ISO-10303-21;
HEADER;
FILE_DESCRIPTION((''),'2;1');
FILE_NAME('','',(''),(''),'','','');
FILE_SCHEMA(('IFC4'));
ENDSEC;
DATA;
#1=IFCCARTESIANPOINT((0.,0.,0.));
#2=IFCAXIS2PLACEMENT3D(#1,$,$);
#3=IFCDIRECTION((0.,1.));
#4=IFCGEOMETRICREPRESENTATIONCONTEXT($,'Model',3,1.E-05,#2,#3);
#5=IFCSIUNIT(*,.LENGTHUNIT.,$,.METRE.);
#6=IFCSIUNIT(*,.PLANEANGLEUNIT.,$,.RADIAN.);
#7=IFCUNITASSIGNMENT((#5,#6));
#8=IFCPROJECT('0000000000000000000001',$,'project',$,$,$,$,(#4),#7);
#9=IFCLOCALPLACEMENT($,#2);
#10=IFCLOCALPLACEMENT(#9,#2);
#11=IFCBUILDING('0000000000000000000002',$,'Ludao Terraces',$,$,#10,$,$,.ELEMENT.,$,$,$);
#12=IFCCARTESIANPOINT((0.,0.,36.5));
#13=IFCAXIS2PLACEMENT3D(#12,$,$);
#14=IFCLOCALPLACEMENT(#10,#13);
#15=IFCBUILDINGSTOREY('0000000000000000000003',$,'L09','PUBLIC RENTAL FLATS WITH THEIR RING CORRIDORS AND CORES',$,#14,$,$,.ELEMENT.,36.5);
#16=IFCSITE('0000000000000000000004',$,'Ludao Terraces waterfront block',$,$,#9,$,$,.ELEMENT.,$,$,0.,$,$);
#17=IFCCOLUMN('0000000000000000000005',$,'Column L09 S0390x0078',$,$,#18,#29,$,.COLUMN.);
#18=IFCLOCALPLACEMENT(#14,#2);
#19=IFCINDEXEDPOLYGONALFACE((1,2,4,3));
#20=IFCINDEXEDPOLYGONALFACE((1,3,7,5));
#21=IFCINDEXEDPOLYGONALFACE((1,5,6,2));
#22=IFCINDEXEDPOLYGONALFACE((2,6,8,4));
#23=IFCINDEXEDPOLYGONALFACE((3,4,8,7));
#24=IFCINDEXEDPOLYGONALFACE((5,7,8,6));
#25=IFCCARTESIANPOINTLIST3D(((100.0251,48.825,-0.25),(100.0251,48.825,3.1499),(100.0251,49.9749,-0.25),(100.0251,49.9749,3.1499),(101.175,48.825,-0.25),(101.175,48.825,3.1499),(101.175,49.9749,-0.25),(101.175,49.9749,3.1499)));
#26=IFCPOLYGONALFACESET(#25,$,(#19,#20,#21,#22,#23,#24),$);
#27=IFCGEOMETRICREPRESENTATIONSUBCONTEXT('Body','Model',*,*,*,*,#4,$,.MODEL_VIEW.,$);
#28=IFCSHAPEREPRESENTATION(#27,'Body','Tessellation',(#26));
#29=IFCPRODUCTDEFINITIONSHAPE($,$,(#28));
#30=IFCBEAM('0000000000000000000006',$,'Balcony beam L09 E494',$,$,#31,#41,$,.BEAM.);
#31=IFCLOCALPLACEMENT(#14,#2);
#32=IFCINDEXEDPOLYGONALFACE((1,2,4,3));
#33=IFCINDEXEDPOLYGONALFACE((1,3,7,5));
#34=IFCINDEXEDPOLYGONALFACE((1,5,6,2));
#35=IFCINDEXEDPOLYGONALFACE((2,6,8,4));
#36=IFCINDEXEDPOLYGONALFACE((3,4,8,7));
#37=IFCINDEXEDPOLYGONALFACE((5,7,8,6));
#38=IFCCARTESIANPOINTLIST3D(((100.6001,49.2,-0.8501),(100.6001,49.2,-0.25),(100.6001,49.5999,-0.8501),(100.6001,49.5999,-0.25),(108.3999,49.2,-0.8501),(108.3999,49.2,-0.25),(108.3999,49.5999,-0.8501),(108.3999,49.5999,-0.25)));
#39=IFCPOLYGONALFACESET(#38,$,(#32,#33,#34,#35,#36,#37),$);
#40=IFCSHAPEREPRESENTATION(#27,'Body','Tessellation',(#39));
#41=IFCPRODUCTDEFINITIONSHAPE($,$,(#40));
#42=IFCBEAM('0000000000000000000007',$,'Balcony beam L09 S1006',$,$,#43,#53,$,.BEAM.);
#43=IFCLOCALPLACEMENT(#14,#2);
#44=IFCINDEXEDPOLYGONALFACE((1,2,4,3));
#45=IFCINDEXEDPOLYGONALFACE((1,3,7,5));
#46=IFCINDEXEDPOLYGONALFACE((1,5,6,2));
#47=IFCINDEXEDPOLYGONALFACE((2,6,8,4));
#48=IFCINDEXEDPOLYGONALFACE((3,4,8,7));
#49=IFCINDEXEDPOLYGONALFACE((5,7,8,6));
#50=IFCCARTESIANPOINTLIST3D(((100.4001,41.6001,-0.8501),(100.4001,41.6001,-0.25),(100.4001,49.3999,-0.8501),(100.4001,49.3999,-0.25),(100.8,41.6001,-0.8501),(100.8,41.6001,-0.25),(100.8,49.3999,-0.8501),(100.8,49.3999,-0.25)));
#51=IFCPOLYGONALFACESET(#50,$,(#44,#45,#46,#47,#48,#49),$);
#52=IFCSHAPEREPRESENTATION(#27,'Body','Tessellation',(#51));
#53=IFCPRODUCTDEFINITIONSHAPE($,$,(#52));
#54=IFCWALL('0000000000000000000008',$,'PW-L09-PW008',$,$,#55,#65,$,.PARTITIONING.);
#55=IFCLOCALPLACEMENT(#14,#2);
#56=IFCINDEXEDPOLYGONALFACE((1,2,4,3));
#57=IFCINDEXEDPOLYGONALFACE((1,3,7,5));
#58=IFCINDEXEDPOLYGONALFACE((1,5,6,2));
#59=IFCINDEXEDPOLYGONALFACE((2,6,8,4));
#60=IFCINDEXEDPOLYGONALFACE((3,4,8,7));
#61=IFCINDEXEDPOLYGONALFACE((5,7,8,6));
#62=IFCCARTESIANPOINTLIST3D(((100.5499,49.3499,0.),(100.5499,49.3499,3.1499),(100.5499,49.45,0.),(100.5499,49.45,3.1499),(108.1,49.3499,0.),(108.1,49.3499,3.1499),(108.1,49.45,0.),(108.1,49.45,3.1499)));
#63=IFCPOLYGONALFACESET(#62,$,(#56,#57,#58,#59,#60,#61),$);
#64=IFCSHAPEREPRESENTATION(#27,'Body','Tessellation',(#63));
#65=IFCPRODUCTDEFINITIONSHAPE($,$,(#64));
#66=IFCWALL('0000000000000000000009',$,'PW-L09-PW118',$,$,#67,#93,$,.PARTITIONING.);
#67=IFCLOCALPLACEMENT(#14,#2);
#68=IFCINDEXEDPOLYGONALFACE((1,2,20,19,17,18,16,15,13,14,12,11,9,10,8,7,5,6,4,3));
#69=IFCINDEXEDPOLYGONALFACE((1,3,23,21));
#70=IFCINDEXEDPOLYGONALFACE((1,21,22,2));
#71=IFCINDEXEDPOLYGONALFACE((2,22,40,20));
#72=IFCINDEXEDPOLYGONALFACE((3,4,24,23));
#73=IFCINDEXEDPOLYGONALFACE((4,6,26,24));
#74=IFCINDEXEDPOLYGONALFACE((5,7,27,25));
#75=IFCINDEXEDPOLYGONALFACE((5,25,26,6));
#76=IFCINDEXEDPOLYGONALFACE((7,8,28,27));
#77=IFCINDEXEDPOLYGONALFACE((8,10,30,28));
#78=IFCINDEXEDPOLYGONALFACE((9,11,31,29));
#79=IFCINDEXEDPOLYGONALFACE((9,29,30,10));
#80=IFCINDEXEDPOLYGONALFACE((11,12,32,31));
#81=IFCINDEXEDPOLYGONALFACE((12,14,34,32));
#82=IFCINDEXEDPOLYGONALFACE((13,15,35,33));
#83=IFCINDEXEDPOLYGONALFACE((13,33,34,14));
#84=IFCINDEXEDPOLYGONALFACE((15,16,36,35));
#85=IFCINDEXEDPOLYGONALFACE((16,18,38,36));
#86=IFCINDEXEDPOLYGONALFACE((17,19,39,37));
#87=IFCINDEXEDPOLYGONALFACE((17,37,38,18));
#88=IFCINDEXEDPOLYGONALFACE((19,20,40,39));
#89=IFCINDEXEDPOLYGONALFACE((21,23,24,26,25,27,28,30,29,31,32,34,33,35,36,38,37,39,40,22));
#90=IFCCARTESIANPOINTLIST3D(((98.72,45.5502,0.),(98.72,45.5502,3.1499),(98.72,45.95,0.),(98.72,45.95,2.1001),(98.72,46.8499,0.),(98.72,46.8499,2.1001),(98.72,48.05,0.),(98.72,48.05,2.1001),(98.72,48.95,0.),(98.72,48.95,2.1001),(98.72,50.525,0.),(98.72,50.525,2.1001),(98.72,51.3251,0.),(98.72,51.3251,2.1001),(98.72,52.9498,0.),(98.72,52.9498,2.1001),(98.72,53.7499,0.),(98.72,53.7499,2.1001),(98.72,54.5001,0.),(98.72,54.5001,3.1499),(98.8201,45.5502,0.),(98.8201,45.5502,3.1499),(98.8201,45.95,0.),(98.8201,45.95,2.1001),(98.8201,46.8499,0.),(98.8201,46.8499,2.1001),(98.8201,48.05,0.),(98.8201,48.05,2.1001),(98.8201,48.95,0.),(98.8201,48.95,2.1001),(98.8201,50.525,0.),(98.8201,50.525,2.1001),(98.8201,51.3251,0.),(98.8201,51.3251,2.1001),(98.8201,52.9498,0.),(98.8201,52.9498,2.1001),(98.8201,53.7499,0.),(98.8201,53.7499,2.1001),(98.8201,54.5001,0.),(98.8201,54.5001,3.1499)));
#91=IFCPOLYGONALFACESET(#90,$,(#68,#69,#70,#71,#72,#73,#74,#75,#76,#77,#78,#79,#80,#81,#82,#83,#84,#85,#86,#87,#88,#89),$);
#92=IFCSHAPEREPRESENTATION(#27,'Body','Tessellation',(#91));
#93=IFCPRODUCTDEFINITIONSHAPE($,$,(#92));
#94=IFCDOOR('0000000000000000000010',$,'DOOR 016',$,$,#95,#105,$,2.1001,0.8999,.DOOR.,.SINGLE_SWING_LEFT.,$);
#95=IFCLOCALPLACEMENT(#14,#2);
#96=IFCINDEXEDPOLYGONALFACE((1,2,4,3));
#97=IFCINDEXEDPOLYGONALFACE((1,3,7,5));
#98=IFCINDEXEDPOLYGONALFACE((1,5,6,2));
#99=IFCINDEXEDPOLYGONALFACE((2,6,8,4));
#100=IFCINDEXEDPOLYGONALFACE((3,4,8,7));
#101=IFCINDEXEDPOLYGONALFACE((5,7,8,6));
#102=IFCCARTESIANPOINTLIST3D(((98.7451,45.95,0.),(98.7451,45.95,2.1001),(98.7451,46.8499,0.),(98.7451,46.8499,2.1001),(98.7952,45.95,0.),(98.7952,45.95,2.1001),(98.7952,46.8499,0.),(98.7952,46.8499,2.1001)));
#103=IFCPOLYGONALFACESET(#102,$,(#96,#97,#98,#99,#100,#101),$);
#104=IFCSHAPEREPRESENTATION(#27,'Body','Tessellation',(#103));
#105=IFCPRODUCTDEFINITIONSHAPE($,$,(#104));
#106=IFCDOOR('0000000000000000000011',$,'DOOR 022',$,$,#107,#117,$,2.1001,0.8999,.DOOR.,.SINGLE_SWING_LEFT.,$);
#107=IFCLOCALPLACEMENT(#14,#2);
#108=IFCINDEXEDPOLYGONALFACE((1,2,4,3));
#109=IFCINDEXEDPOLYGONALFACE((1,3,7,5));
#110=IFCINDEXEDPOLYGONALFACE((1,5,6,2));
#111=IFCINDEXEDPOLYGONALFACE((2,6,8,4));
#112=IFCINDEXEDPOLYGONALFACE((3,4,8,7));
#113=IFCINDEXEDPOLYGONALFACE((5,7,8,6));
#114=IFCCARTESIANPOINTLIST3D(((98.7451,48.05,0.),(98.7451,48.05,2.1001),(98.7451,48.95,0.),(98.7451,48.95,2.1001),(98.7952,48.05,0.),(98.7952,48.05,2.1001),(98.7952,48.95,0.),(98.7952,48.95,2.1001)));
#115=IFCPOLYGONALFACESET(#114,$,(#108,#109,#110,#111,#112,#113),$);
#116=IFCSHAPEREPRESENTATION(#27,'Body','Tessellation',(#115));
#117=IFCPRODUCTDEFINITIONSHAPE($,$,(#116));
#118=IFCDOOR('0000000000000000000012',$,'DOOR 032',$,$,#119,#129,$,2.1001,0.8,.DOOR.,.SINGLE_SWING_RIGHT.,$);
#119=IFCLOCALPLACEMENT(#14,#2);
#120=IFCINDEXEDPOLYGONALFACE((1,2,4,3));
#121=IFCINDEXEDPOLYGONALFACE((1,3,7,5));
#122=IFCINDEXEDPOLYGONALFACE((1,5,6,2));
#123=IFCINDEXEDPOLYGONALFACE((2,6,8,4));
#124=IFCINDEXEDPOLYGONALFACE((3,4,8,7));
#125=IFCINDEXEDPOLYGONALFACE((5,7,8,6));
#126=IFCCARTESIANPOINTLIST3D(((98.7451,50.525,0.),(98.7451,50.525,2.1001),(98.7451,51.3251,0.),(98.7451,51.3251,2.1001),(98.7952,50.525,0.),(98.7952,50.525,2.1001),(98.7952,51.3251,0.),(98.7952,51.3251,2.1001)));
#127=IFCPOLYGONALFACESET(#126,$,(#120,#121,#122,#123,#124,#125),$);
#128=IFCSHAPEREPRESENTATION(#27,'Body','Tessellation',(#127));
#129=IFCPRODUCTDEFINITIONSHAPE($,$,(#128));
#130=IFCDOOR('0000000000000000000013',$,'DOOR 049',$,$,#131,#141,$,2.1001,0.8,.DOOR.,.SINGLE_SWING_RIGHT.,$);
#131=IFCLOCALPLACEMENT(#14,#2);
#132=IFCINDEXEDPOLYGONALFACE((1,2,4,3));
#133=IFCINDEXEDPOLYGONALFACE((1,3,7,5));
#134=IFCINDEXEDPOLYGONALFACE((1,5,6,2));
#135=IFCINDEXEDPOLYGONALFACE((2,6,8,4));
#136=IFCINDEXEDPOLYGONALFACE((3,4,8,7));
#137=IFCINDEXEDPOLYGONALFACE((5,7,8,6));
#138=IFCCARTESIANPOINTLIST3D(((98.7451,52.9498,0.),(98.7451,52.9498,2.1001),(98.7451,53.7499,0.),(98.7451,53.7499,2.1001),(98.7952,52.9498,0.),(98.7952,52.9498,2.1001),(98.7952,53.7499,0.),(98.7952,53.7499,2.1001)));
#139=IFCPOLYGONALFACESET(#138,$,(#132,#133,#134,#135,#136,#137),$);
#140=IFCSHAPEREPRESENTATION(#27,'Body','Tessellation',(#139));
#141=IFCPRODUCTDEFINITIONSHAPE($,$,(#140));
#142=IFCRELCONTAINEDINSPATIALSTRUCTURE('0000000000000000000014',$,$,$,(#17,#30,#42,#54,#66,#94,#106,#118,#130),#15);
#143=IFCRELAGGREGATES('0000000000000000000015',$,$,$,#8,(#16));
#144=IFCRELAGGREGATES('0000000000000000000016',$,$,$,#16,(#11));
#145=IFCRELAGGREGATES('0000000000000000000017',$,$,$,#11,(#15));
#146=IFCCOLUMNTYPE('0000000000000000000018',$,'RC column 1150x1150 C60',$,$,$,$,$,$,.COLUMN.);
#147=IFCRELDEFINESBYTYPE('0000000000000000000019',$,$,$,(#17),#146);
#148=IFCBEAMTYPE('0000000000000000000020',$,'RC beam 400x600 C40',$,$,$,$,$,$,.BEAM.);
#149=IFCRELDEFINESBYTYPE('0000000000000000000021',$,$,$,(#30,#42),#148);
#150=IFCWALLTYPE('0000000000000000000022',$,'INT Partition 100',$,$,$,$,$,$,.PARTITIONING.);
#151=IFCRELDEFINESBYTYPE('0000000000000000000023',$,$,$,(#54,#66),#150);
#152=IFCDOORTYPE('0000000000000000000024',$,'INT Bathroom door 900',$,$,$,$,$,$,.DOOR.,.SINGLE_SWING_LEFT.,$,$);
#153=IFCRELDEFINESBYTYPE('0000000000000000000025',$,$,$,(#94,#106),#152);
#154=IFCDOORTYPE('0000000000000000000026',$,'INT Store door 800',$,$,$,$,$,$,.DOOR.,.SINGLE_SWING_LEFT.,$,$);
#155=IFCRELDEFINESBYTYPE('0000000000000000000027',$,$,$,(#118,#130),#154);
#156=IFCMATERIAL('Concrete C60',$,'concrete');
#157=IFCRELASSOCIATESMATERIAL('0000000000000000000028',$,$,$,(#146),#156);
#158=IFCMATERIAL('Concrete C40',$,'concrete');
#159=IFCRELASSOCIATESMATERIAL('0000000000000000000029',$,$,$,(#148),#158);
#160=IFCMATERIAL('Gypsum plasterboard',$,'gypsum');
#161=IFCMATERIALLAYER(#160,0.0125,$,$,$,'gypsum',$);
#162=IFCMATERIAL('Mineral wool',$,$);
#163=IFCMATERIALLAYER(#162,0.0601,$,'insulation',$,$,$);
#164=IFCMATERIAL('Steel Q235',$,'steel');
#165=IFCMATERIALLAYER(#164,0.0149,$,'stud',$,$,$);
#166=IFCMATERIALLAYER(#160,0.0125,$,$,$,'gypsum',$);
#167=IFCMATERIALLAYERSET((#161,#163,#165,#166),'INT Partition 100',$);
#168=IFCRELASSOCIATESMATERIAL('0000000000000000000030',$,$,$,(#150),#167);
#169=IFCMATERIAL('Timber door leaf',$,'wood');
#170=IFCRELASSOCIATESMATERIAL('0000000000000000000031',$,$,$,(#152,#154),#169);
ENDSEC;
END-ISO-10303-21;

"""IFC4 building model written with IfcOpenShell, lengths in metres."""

from ifc_helpers import new_model, si_unit, direction, frame, frame_2d, origin, origin_2d, place, context, subcontext, project, spatial, rectangle, extrude, material, layer, layer_set, material_profile, profile_set, type_object, element, fill, save


model = new_model("IFC4")

# Units and contexts
model_context = context("Model", 3, precision=1e-05, world=origin(), true_north=direction((0.0, 1.0)))
body_context = subcontext(model_context, "Body", "Model", "MODEL_VIEW")
ifc_project = project(units=[si_unit("LENGTHUNIT", "METRE"), si_unit("PLANEANGLEUNIT", "RADIAN")], contexts=[model_context])

# Site, building, storey
site_placement = place(None, origin())
site = spatial("IfcSite", under=ifc_project, at=site_placement, Name="Ludao Terraces waterfront block", CompositionType="ELEMENT", RefElevation=0.0)
building_placement = place(site_placement, origin())
building = spatial("IfcBuilding", under=site, at=building_placement, Name="Ludao Terraces", CompositionType="ELEMENT")
storey_placement = place(building_placement, frame((0.0, 0.0, 36.5)))
storey = spatial("IfcBuildingStorey", under=building, at=storey_placement, Name="L09", Description="PUBLIC RENTAL FLATS WITH THEIR RING CORRIDORS AND CORES", CompositionType="ELEMENT", Elevation=36.5)

# Column
ifc_material_1 = material(Name="Concrete C60", Category="concrete")
ifc_material_profile_1 = material_profile(ifc_material_1, rectangle(XDim=1.1499, YDim=1.1499, at=origin_2d()), Name="1150 X 1150")
ifc_profile_set_1 = profile_set([ifc_material_profile_1], Name="Concrete C60")
column_type = type_object("IfcColumnType", Name="RC column 1150x1150 C60", PredefinedType="COLUMN", material=ifc_profile_set_1)
column_placement = place(storey_placement, frame((100.6001, 49.3999, -0.25), z_axis=(0.0, 0.0, 1.0), x_axis=(1.0, 0.0, 0.0)))
element("IfcColumn", 1, at=column_placement, inside=storey, type_object=column_type, Name="Column L09 S0390x0078", PredefinedType="COLUMN", context=body_context, shape_type="SweptSolid", body=[
    extrude(rectangle(XDim=1.1499, YDim=1.1499, at=origin_2d()), origin(), (0.0, 0.0, 1.0), 3.3999),
])

# Beams
ifc_material_2 = material(Name="Concrete C40", Category="concrete")
ifc_material_profile_2 = material_profile(ifc_material_2, rectangle(XDim=0.3999, YDim=0.6001, at=origin_2d()), Name="400 X 600")
ifc_profile_set_2 = profile_set([ifc_material_profile_2], Name="Concrete C40")
beam_type = type_object("IfcBeamType", Name="RC beam 400x600 C40", PredefinedType="BEAM", material=ifc_profile_set_2)
for number, where, z_axis, x_axis, name in (
    (2, (100.6001, 49.3999, -0.55), (1.0, 0.0, 0.0), (0.0, 1.0, 0.0), "Balcony beam L09 E494"),
    (3, (100.6001, 49.3999, -0.55), (0.0, -1.0, 0.0), (1.0, 0.0, 0.0), "Balcony beam L09 S1006"),
):
    element("IfcBeam", number, at=place(storey_placement, frame(where, z_axis=z_axis, x_axis=x_axis)), inside=storey, type_object=beam_type, Name=name, PredefinedType="BEAM", context=body_context, shape_type="SweptSolid", body=[
        extrude(rectangle(XDim=0.3999, YDim=0.6001, at=origin_2d()), origin(), (0.0, 0.0, 1.0), 7.7998),
    ])

# Wall
ifc_material_3 = material(Name="Gypsum plasterboard", Category="gypsum")
ifc_layer_1 = layer(ifc_material_3, 0.0125, Category="gypsum")
ifc_material_4 = material(Name="Mineral wool")
ifc_layer_2 = layer(ifc_material_4, 0.0601, Name="insulation")
ifc_material_5 = material(Name="Steel Q235", Category="steel")
ifc_layer_3 = layer(ifc_material_5, 0.0149, Name="stud")
ifc_layer_4 = layer(ifc_material_3, 0.0125, Category="gypsum")
ifc_layer_set = layer_set([ifc_layer_1, ifc_layer_2, ifc_layer_3, ifc_layer_4], Name="INT Partition 100")
wall_type = type_object("IfcWallType", Name="INT Partition 100", PredefinedType="PARTITIONING", material=ifc_layer_set)
wall_1_placement = place(storey_placement, frame((100.55, 49.3999, 0.0), z_axis=(0.0, 0.0, 1.0), x_axis=(1.0, 0.0, 0.0)))
element("IfcWall", 4, at=wall_1_placement, inside=storey, type_object=wall_type, Name="PW-L09-PW008", PredefinedType="PARTITIONING", context=body_context, shape_type="SweptSolid", body=[
    extrude(rectangle(XDim=7.55, YDim=0.1001, at=frame_2d((3.7749, 0.0))), origin(), (0.0, 0.0, 1.0), 3.1499),
])

# Wall, openings, doors
wall_2_placement = place(storey_placement, frame((98.77, 45.55, 0.0), z_axis=(0.0, 0.0, 1.0), x_axis=(0.0, 1.0, 0.0)))
wall_2 = element("IfcWall", 5, at=wall_2_placement, inside=storey, type_object=wall_type, Name="PW-L09-PW118", PredefinedType="PARTITIONING", context=body_context, shape_type="SweptSolid", body=[
    extrude(rectangle(XDim=8.95, YDim=0.1001, at=frame_2d((4.4751, 0.0))), origin(), (0.0, 0.0, 1.0), 3.1499),
])
opening_1_placement = place(wall_2_placement, frame((0.3999, 0.0, 0.0)))
opening_1 = element("IfcOpeningElement", 6, at=opening_1_placement, cuts=wall_2, PredefinedType="OPENING", context=body_context, shape_type="SweptSolid", body=[
    extrude(rectangle(XDim=0.8999, YDim=2.1001, at=frame_2d((0.45, 1.05))), frame((0.0, 0.0601, 0.0), z_axis=(0.0, -1.0, 0.0), x_axis=(1.0, 0.0, 0.0)), (0.0, 0.0, 1.0), 0.1201),
])
opening_2_placement = place(wall_2_placement, frame((2.5, 0.0, 0.0)))
opening_2 = element("IfcOpeningElement", 7, at=opening_2_placement, cuts=wall_2, PredefinedType="OPENING", context=body_context, shape_type="SweptSolid", body=[
    extrude(rectangle(XDim=0.8999, YDim=2.1001, at=frame_2d((0.45, 1.05))), frame((0.0, 0.0601, 0.0), z_axis=(0.0, -1.0, 0.0), x_axis=(1.0, 0.0, 0.0)), (0.0, 0.0, 1.0), 0.1201),
])
opening_3_placement = place(wall_2_placement, frame((4.9751, 0.0, 0.0)))
opening_3 = element("IfcOpeningElement", 8, at=opening_3_placement, cuts=wall_2, PredefinedType="OPENING", context=body_context, shape_type="SweptSolid", body=[
    extrude(rectangle(XDim=0.8, YDim=2.1001, at=frame_2d((0.3999, 1.05))), frame((0.0, 0.0601, 0.0), z_axis=(0.0, -1.0, 0.0), x_axis=(1.0, 0.0, 0.0)), (0.0, 0.0, 1.0), 0.1201),
])
opening_4_placement = place(wall_2_placement, frame((7.3999, 0.0, 0.0)))
opening_4 = element("IfcOpeningElement", 9, at=opening_4_placement, cuts=wall_2, PredefinedType="OPENING", context=body_context, shape_type="SweptSolid", body=[
    extrude(rectangle(XDim=0.8, YDim=2.1001, at=frame_2d((0.3999, 1.05))), frame((0.0, 0.0601, 0.0), z_axis=(0.0, -1.0, 0.0), x_axis=(1.0, 0.0, 0.0)), (0.0, 0.0, 1.0), 0.1201),
])
ifc_material_6 = material(Name="Timber door leaf", Category="wood")
door_type_1 = type_object("IfcDoorType", Name="INT Bathroom door 900", OperationType="SINGLE_SWING_LEFT", PredefinedType="DOOR", material=ifc_material_6)
door_1_placement = place(opening_1_placement, origin())
door_1 = element("IfcDoor", 10, at=door_1_placement, inside=storey, type_object=door_type_1, Name="DOOR 016", OperationType="SINGLE_SWING_LEFT", OverallHeight=2.1001, OverallWidth=0.8999, PredefinedType="DOOR", context=body_context, shape_type="SweptSolid", body=[
    extrude(rectangle(XDim=0.8999, YDim=2.1001, at=frame_2d((0.45, 1.05))), frame((0.0, 0.0249, 0.0), z_axis=(0.0, -1.0, 0.0), x_axis=(1.0, 0.0, 0.0)), (0.0, 0.0, 1.0), 0.05),
])
fill(opening_1, door_1)
door_2_placement = place(opening_2_placement, origin())
door_2 = element("IfcDoor", 11, at=door_2_placement, inside=storey, type_object=door_type_1, Name="DOOR 022", OperationType="SINGLE_SWING_LEFT", OverallHeight=2.1001, OverallWidth=0.8999, PredefinedType="DOOR", context=body_context, shape_type="SweptSolid", body=[
    extrude(rectangle(XDim=0.8999, YDim=2.1001, at=frame_2d((0.45, 1.05))), frame((0.0, 0.0249, 0.0), z_axis=(0.0, -1.0, 0.0), x_axis=(1.0, 0.0, 0.0)), (0.0, 0.0, 1.0), 0.05),
])
fill(opening_2, door_2)
door_type_2 = type_object("IfcDoorType", Name="INT Store door 800", OperationType="SINGLE_SWING_LEFT", PredefinedType="DOOR", material=ifc_material_6)
door_3_placement = place(opening_3_placement, origin())
door_3 = element("IfcDoor", 12, at=door_3_placement, inside=storey, type_object=door_type_2, Name="DOOR 032", OperationType="SINGLE_SWING_RIGHT", OverallHeight=2.1001, OverallWidth=0.8, PredefinedType="DOOR", context=body_context, shape_type="SweptSolid", body=[
    extrude(rectangle(XDim=0.8, YDim=2.1001, at=frame_2d((0.3999, 1.05))), frame((0.0, 0.0249, 0.0), z_axis=(0.0, -1.0, 0.0), x_axis=(1.0, 0.0, 0.0)), (0.0, 0.0, 1.0), 0.05),
])
fill(opening_3, door_3)
door_4_placement = place(opening_4_placement, origin())
door_4 = element("IfcDoor", 13, at=door_4_placement, inside=storey, type_object=door_type_2, Name="DOOR 049", OperationType="SINGLE_SWING_RIGHT", OverallHeight=2.1001, OverallWidth=0.8, PredefinedType="DOOR", context=body_context, shape_type="SweptSolid", body=[
    extrude(rectangle(XDim=0.8, YDim=2.1001, at=frame_2d((0.3999, 1.05))), frame((0.0, 0.0249, 0.0), z_axis=(0.0, -1.0, 0.0), x_axis=(1.0, 0.0, 0.0)), (0.0, 0.0, 1.0), 0.05),
])
fill(opening_4, door_4)

save(model, "model.ifc")
